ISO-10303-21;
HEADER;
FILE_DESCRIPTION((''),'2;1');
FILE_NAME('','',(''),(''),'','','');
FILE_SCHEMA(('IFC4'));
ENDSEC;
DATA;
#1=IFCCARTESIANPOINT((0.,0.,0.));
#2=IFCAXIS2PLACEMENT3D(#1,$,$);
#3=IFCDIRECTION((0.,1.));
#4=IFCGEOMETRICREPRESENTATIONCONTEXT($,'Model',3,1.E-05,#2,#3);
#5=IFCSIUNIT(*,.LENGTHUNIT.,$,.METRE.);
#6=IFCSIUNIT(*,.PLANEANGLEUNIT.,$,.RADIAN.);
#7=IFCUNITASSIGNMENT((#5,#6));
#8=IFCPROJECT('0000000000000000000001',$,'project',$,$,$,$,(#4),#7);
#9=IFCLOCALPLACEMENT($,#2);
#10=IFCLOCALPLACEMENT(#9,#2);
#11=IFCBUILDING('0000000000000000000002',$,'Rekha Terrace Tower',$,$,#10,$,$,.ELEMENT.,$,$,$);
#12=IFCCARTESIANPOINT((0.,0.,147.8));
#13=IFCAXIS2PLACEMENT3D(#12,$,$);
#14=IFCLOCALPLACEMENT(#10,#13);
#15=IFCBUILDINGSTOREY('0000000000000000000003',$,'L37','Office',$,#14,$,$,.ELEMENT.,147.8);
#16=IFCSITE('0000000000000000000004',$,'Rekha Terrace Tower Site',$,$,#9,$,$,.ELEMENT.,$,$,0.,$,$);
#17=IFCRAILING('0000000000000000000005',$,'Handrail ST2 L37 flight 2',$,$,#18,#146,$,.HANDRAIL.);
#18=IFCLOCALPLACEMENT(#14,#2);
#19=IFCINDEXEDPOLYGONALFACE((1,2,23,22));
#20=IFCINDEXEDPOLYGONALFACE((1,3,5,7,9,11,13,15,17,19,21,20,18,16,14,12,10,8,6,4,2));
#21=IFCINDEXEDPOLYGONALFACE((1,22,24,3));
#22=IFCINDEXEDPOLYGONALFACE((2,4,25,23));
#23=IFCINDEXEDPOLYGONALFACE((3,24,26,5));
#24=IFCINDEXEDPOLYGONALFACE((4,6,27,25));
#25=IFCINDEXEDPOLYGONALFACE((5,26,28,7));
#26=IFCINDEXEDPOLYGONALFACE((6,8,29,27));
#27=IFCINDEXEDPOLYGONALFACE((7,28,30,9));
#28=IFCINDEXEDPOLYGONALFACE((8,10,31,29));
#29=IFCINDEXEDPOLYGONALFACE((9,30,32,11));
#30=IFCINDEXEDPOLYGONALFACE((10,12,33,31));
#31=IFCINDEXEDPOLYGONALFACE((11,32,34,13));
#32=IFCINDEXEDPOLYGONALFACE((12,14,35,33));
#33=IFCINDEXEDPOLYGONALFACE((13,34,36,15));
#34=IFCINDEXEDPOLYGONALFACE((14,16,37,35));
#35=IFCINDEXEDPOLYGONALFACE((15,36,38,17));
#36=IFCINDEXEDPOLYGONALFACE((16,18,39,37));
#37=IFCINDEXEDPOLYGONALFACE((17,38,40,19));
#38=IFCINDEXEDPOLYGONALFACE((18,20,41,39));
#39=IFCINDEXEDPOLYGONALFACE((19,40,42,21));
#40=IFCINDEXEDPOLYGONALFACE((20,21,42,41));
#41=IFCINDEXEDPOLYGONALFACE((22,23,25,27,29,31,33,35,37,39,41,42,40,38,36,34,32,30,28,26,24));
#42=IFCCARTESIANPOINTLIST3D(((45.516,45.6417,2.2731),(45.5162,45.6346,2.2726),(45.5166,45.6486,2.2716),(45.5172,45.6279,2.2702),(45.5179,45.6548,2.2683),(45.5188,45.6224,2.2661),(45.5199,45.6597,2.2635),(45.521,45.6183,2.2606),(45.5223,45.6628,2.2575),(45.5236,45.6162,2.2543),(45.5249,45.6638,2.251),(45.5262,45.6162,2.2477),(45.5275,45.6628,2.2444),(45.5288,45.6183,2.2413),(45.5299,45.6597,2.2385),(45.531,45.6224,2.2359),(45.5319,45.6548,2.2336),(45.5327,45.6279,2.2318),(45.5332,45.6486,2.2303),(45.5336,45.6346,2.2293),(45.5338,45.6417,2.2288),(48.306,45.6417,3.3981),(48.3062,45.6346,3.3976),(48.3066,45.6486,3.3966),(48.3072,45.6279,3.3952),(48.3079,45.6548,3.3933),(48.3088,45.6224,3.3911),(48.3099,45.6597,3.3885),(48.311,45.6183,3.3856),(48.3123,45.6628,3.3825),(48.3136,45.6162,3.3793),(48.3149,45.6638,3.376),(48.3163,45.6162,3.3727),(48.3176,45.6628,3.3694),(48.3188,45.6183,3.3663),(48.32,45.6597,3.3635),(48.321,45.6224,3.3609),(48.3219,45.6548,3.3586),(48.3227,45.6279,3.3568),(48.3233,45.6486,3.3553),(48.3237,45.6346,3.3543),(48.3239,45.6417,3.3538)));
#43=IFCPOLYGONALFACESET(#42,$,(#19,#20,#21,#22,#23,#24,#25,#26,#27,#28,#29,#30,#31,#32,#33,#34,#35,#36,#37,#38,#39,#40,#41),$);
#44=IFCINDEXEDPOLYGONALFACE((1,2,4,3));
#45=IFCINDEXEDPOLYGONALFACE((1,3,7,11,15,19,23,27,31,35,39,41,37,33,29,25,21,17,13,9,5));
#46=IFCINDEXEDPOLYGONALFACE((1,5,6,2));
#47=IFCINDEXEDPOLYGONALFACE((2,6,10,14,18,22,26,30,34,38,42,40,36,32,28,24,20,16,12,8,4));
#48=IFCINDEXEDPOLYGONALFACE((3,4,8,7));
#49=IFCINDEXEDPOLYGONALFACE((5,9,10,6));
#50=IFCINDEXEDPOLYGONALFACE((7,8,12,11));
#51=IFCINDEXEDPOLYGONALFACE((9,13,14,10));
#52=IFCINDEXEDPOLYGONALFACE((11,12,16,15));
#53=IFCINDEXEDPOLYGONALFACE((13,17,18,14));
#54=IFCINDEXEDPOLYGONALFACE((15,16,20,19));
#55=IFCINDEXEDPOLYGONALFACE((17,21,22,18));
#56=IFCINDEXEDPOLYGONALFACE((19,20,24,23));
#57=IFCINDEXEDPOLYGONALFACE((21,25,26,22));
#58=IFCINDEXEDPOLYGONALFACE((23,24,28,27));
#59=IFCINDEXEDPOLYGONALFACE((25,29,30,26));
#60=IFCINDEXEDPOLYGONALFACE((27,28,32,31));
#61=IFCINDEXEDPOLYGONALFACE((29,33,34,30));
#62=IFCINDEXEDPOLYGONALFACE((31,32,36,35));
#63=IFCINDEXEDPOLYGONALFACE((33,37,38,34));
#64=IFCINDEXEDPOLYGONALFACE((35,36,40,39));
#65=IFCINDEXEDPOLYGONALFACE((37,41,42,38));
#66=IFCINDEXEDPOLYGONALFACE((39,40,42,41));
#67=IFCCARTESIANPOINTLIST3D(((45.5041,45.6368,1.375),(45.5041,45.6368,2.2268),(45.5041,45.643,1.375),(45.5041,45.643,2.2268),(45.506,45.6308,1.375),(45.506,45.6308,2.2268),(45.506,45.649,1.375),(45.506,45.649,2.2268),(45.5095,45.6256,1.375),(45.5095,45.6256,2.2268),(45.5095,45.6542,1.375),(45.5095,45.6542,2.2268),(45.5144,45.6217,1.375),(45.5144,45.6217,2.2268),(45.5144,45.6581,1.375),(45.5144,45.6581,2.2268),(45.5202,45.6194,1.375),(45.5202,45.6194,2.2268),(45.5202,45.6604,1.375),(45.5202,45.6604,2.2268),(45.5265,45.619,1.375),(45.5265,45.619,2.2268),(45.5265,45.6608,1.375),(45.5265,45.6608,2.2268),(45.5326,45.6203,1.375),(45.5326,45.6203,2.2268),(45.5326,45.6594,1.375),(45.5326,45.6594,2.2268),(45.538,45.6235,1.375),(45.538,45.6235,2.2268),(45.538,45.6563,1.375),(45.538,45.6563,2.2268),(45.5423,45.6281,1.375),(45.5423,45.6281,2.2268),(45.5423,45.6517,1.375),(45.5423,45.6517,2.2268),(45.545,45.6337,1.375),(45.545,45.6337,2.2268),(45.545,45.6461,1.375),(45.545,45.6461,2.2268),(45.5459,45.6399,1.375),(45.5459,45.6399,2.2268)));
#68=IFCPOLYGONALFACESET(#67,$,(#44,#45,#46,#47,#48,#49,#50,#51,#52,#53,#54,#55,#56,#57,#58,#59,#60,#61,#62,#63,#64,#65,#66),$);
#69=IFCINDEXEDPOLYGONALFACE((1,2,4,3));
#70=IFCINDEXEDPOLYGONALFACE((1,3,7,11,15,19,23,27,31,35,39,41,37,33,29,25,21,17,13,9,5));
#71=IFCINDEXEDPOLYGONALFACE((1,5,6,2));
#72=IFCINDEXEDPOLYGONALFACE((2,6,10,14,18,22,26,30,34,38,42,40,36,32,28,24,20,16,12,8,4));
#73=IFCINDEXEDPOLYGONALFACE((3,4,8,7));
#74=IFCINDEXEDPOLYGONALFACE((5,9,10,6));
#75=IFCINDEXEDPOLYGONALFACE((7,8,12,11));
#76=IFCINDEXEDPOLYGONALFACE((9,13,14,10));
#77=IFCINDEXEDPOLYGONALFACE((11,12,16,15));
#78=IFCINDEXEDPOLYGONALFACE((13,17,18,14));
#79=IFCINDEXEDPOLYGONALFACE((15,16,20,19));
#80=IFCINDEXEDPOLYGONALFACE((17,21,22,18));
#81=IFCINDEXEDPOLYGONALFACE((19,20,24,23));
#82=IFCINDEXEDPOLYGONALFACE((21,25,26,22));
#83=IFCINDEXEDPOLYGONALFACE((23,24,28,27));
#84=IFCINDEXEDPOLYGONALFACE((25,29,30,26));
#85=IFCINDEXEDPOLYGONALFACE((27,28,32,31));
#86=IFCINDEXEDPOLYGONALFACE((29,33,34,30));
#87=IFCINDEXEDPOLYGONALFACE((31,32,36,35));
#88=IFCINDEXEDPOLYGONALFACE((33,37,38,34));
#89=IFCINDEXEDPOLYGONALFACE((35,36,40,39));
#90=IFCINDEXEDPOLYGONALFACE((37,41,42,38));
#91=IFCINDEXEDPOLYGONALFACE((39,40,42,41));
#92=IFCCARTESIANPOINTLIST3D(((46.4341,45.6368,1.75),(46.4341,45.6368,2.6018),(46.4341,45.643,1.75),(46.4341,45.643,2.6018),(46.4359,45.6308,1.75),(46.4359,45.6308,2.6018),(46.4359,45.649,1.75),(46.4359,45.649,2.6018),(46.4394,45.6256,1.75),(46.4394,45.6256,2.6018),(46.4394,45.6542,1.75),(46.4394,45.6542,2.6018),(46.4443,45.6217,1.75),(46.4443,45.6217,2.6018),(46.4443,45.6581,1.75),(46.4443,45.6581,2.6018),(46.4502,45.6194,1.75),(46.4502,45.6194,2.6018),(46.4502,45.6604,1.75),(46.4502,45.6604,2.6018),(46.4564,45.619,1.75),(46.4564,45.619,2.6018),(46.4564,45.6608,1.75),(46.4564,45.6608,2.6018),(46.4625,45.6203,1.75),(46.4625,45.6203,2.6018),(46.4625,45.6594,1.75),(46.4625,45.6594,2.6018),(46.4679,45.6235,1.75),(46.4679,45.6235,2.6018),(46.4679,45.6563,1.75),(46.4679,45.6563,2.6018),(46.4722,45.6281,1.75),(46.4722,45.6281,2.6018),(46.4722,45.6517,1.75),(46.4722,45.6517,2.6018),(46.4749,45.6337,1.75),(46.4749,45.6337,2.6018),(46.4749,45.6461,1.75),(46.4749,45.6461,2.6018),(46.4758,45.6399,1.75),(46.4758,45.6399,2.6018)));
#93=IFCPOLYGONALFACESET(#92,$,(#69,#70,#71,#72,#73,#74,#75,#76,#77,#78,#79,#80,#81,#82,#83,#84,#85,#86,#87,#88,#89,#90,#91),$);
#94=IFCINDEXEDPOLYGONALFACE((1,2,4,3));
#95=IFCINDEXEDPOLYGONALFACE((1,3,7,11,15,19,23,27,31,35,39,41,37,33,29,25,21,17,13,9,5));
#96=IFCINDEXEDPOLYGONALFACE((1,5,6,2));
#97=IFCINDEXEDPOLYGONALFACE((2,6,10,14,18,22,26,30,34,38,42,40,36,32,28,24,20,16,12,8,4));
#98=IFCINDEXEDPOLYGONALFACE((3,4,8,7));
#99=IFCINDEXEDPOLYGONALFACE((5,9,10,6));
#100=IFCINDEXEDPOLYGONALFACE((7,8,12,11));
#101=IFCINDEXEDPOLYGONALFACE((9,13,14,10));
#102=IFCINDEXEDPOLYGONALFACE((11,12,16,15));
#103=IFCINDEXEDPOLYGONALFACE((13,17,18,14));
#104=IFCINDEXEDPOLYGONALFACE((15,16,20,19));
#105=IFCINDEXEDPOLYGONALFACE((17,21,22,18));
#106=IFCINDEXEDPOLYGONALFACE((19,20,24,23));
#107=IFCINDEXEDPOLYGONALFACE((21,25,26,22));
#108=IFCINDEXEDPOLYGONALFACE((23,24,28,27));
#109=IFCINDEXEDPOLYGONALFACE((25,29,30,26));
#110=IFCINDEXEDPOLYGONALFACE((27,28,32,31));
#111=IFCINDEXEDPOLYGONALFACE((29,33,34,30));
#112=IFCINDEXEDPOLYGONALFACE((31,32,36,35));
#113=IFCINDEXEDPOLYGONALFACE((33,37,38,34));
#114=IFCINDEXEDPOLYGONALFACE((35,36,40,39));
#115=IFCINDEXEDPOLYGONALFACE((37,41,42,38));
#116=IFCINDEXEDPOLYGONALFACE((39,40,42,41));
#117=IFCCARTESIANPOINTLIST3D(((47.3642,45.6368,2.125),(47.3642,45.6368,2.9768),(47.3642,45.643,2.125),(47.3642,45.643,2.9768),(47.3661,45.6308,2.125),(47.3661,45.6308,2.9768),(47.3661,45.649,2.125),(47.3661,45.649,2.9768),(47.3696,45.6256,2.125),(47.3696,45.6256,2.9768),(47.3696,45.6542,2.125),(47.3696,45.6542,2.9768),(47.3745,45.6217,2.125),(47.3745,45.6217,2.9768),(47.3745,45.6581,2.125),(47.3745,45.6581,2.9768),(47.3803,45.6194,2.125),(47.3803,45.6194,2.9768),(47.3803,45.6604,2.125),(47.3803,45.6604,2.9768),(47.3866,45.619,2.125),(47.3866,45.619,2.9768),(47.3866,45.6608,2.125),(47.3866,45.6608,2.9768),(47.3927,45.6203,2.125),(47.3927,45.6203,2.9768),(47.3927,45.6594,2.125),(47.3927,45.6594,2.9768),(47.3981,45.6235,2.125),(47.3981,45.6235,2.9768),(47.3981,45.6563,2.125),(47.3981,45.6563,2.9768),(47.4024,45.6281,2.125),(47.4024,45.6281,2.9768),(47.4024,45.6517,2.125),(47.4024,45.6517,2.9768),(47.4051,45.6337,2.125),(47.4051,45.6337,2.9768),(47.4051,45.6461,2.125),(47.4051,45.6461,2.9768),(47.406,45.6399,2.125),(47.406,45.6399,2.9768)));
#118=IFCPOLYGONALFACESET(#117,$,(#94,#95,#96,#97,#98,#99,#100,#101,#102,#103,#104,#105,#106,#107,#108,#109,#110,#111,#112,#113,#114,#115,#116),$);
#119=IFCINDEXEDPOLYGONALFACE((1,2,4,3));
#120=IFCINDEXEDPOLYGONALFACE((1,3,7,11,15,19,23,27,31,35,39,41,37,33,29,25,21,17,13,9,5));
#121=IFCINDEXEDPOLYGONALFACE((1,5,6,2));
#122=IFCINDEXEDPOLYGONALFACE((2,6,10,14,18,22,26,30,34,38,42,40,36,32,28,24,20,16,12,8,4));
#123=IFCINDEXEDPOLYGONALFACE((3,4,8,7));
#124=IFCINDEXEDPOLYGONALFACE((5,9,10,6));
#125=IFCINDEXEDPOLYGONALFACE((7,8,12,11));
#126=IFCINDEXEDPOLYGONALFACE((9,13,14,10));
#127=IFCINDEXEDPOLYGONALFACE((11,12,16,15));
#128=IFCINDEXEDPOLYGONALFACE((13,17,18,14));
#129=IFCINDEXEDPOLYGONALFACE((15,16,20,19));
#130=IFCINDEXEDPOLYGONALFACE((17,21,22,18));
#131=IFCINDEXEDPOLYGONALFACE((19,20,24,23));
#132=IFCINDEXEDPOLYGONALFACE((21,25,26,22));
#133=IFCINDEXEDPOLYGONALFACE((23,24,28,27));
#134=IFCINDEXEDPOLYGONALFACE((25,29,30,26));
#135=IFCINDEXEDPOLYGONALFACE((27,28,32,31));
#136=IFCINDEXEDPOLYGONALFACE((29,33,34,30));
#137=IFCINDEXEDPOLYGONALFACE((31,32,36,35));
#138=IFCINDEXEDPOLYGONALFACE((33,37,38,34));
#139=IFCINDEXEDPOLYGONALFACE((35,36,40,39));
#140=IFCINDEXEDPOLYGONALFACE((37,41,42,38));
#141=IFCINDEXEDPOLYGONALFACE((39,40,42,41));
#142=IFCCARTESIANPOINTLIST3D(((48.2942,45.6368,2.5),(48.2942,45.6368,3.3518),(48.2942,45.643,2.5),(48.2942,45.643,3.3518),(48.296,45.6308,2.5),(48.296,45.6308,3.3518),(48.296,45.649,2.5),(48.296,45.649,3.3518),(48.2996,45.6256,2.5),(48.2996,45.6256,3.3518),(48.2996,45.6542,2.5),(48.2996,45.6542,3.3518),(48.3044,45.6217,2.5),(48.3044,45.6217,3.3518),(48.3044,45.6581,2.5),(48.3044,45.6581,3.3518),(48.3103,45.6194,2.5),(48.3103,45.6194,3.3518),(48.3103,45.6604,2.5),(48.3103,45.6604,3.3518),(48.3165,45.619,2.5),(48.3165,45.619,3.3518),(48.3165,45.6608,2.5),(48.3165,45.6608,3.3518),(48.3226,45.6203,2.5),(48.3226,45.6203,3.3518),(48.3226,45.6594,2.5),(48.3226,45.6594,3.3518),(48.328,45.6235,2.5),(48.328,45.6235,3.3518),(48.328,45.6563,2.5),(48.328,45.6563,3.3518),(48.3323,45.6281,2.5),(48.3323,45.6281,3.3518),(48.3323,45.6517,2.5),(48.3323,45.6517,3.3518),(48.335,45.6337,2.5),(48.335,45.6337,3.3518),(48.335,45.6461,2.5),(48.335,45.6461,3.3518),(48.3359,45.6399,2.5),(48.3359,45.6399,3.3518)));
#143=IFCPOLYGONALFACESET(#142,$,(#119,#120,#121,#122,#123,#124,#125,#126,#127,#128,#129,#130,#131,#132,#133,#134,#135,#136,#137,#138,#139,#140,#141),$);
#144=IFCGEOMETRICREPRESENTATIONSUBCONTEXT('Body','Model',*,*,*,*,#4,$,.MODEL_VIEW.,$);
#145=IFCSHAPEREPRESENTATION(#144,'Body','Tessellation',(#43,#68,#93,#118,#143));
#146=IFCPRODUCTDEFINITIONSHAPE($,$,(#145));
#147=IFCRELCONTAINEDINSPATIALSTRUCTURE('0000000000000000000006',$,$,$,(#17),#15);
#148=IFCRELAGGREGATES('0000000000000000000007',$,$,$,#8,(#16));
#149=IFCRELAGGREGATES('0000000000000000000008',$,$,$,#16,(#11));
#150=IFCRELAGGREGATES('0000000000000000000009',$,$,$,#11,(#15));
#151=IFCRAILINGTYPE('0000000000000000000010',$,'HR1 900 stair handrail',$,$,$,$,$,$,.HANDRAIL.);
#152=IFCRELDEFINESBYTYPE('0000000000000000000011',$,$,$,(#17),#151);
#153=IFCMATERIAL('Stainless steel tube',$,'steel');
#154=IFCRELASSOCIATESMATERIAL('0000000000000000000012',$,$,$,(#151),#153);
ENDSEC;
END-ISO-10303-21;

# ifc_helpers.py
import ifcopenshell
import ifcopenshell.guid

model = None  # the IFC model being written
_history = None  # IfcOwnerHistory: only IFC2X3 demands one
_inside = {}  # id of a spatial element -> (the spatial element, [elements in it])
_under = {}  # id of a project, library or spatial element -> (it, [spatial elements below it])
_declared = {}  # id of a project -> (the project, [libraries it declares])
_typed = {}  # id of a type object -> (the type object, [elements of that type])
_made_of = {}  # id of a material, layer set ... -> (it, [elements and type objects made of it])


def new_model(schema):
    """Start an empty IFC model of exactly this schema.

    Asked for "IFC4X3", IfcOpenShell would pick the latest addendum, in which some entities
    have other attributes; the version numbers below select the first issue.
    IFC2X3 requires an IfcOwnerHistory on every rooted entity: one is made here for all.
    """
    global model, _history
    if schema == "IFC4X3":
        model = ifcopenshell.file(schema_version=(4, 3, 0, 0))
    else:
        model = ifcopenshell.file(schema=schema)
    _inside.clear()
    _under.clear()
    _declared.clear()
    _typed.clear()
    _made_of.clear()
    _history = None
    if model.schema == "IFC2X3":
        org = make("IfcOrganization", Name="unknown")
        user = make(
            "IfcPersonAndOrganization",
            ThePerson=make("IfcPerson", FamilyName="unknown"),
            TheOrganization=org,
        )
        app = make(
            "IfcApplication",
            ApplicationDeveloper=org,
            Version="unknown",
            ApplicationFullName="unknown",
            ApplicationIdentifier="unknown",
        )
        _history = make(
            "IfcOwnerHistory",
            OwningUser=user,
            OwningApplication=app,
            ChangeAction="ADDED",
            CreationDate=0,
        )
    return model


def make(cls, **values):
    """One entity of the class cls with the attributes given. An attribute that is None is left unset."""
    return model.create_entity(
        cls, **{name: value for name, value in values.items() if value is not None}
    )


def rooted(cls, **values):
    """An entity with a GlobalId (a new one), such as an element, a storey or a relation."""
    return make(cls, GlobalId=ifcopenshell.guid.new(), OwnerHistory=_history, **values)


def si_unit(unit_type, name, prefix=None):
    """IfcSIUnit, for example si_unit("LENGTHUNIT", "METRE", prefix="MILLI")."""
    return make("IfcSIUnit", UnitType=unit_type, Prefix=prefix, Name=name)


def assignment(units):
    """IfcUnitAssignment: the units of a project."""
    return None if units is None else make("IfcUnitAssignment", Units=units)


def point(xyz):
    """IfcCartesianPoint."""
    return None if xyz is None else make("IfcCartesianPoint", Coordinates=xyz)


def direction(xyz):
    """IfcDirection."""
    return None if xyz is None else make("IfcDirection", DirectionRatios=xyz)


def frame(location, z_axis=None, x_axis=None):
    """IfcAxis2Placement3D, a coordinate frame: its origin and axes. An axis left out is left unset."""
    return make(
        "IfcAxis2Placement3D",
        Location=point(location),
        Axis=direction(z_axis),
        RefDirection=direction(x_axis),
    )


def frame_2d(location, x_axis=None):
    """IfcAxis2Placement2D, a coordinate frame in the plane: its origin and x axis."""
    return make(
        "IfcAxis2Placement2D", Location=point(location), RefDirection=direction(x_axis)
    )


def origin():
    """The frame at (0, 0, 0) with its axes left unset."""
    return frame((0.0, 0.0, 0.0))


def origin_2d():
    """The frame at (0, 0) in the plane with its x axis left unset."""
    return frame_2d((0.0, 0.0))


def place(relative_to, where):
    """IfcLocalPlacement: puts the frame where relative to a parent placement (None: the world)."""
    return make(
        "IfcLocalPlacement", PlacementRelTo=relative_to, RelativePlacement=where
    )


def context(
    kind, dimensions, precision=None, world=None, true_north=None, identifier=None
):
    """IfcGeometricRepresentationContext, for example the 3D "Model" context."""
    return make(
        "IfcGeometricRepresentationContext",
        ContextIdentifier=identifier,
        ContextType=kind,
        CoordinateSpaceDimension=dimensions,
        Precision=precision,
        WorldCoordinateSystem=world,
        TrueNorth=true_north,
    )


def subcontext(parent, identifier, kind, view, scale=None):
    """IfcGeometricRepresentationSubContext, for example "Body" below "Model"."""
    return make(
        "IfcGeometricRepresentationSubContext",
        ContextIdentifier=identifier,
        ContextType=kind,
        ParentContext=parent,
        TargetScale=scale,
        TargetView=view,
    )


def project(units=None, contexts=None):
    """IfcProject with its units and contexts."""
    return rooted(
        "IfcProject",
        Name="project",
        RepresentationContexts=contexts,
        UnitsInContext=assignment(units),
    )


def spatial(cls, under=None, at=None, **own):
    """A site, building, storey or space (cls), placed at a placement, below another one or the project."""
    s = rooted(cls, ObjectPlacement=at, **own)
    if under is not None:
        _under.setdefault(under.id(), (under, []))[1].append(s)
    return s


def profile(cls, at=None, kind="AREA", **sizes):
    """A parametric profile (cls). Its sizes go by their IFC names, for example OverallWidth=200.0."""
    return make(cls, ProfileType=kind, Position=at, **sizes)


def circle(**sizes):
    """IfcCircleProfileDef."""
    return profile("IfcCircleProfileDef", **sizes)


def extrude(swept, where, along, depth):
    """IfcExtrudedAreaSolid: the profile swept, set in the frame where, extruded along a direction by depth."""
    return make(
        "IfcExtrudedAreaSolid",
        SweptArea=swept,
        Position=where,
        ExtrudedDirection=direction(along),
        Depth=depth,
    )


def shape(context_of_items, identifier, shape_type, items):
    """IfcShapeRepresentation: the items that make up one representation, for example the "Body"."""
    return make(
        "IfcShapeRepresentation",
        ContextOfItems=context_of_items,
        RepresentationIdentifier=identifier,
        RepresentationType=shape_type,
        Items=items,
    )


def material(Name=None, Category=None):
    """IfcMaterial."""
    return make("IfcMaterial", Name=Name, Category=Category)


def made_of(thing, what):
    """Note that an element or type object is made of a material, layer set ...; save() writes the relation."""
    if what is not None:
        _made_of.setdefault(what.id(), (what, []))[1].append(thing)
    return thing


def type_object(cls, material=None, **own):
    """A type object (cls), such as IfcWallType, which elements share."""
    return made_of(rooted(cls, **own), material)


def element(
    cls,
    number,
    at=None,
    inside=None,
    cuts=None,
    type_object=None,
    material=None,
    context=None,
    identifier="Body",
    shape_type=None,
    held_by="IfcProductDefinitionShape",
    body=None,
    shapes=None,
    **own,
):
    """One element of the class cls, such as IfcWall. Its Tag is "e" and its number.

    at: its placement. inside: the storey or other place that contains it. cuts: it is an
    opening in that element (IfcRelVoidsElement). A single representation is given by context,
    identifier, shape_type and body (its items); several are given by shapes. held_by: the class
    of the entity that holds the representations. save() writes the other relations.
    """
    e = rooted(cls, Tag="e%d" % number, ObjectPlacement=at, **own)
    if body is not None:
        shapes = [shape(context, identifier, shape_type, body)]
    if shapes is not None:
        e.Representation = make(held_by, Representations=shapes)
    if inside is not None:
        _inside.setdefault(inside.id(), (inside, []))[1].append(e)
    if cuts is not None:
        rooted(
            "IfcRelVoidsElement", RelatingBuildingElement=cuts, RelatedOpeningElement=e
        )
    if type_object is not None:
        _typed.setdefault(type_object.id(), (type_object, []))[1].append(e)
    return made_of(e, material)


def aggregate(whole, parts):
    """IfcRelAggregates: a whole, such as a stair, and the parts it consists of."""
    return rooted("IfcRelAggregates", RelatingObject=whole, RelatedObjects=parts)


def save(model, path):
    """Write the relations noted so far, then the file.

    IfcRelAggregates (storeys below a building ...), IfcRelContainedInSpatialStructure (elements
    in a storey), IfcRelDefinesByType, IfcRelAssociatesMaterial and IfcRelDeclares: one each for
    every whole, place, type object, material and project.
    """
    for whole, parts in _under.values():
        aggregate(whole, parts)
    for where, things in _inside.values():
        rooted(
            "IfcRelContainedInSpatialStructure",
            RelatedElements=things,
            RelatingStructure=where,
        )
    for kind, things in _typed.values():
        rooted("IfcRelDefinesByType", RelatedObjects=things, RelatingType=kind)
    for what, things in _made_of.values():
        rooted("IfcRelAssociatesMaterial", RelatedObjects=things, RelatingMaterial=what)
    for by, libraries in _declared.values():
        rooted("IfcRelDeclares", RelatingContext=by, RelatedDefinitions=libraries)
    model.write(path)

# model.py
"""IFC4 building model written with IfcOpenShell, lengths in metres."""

from ifc_helpers import new_model, si_unit, direction, frame, origin, origin_2d, place, context, subcontext, project, spatial, circle, extrude, material, type_object, element, save


model = new_model("IFC4")

# Units and contexts
model_context = context("Model", 3, precision=1e-05, world=origin(), true_north=direction((0.0, 1.0)))
body_context = subcontext(model_context, "Body", "Model", "MODEL_VIEW")
ifc_project = project(units=[si_unit("LENGTHUNIT", "METRE"), si_unit("PLANEANGLEUNIT", "RADIAN")], contexts=[model_context])

# Site, building, storey
site_placement = place(None, origin())
site = spatial("IfcSite", under=ifc_project, at=site_placement, Name="Rekha Terrace Tower Site", CompositionType="ELEMENT", RefElevation=0.0)
building_placement = place(site_placement, origin())
building = spatial("IfcBuilding", under=site, at=building_placement, Name="Rekha Terrace Tower", CompositionType="ELEMENT")
storey_placement = place(building_placement, frame((0.0, 0.0, 147.8)))
storey = spatial("IfcBuildingStorey", under=building, at=storey_placement, Name="L37", Description="Office", CompositionType="ELEMENT", Elevation=147.8)

# Railing
ifc_material_1 = material(Name="Stainless steel tube", Category="steel")
railing_type = type_object("IfcRailingType", Name="HR1 900 stair handrail", PredefinedType="HANDRAIL", material=ifc_material_1)
railing_placement = place(storey_placement, frame((45.5249, 45.6399, 1.375)))
element("IfcRailing", 1, at=railing_placement, inside=storey, type_object=railing_type, Name="Handrail ST2 L37 flight 2", PredefinedType="HANDRAIL", context=body_context, shape_type="SweptSolid", body=[
    extrude(circle(Radius=0.0239, at=origin_2d()), frame((0.0, 0.0, 0.876), z_axis=(0.927443, 0.0, 0.373964), x_axis=(0.0, 1.0, 0.0)), (0.0, 0.0, 1.0), 3.0083),
    extrude(circle(Radius=0.021, at=origin_2d()), origin(), (0.0, 0.0, 1.0), 0.8518),
    extrude(circle(Radius=0.021, at=origin_2d()), frame((0.9299, 0.0, 0.375)), (0.0, 0.0, 1.0), 0.8518),
    extrude(circle(Radius=0.021, at=origin_2d()), frame((1.8601, 0.0, 0.75)), (0.0, 0.0, 1.0), 0.8518),
    extrude(circle(Radius=0.021, at=origin_2d()), frame((2.79, 0.0, 1.125)), (0.0, 0.0, 1.0), 0.8518),
])

save(model, "model.ifc")
